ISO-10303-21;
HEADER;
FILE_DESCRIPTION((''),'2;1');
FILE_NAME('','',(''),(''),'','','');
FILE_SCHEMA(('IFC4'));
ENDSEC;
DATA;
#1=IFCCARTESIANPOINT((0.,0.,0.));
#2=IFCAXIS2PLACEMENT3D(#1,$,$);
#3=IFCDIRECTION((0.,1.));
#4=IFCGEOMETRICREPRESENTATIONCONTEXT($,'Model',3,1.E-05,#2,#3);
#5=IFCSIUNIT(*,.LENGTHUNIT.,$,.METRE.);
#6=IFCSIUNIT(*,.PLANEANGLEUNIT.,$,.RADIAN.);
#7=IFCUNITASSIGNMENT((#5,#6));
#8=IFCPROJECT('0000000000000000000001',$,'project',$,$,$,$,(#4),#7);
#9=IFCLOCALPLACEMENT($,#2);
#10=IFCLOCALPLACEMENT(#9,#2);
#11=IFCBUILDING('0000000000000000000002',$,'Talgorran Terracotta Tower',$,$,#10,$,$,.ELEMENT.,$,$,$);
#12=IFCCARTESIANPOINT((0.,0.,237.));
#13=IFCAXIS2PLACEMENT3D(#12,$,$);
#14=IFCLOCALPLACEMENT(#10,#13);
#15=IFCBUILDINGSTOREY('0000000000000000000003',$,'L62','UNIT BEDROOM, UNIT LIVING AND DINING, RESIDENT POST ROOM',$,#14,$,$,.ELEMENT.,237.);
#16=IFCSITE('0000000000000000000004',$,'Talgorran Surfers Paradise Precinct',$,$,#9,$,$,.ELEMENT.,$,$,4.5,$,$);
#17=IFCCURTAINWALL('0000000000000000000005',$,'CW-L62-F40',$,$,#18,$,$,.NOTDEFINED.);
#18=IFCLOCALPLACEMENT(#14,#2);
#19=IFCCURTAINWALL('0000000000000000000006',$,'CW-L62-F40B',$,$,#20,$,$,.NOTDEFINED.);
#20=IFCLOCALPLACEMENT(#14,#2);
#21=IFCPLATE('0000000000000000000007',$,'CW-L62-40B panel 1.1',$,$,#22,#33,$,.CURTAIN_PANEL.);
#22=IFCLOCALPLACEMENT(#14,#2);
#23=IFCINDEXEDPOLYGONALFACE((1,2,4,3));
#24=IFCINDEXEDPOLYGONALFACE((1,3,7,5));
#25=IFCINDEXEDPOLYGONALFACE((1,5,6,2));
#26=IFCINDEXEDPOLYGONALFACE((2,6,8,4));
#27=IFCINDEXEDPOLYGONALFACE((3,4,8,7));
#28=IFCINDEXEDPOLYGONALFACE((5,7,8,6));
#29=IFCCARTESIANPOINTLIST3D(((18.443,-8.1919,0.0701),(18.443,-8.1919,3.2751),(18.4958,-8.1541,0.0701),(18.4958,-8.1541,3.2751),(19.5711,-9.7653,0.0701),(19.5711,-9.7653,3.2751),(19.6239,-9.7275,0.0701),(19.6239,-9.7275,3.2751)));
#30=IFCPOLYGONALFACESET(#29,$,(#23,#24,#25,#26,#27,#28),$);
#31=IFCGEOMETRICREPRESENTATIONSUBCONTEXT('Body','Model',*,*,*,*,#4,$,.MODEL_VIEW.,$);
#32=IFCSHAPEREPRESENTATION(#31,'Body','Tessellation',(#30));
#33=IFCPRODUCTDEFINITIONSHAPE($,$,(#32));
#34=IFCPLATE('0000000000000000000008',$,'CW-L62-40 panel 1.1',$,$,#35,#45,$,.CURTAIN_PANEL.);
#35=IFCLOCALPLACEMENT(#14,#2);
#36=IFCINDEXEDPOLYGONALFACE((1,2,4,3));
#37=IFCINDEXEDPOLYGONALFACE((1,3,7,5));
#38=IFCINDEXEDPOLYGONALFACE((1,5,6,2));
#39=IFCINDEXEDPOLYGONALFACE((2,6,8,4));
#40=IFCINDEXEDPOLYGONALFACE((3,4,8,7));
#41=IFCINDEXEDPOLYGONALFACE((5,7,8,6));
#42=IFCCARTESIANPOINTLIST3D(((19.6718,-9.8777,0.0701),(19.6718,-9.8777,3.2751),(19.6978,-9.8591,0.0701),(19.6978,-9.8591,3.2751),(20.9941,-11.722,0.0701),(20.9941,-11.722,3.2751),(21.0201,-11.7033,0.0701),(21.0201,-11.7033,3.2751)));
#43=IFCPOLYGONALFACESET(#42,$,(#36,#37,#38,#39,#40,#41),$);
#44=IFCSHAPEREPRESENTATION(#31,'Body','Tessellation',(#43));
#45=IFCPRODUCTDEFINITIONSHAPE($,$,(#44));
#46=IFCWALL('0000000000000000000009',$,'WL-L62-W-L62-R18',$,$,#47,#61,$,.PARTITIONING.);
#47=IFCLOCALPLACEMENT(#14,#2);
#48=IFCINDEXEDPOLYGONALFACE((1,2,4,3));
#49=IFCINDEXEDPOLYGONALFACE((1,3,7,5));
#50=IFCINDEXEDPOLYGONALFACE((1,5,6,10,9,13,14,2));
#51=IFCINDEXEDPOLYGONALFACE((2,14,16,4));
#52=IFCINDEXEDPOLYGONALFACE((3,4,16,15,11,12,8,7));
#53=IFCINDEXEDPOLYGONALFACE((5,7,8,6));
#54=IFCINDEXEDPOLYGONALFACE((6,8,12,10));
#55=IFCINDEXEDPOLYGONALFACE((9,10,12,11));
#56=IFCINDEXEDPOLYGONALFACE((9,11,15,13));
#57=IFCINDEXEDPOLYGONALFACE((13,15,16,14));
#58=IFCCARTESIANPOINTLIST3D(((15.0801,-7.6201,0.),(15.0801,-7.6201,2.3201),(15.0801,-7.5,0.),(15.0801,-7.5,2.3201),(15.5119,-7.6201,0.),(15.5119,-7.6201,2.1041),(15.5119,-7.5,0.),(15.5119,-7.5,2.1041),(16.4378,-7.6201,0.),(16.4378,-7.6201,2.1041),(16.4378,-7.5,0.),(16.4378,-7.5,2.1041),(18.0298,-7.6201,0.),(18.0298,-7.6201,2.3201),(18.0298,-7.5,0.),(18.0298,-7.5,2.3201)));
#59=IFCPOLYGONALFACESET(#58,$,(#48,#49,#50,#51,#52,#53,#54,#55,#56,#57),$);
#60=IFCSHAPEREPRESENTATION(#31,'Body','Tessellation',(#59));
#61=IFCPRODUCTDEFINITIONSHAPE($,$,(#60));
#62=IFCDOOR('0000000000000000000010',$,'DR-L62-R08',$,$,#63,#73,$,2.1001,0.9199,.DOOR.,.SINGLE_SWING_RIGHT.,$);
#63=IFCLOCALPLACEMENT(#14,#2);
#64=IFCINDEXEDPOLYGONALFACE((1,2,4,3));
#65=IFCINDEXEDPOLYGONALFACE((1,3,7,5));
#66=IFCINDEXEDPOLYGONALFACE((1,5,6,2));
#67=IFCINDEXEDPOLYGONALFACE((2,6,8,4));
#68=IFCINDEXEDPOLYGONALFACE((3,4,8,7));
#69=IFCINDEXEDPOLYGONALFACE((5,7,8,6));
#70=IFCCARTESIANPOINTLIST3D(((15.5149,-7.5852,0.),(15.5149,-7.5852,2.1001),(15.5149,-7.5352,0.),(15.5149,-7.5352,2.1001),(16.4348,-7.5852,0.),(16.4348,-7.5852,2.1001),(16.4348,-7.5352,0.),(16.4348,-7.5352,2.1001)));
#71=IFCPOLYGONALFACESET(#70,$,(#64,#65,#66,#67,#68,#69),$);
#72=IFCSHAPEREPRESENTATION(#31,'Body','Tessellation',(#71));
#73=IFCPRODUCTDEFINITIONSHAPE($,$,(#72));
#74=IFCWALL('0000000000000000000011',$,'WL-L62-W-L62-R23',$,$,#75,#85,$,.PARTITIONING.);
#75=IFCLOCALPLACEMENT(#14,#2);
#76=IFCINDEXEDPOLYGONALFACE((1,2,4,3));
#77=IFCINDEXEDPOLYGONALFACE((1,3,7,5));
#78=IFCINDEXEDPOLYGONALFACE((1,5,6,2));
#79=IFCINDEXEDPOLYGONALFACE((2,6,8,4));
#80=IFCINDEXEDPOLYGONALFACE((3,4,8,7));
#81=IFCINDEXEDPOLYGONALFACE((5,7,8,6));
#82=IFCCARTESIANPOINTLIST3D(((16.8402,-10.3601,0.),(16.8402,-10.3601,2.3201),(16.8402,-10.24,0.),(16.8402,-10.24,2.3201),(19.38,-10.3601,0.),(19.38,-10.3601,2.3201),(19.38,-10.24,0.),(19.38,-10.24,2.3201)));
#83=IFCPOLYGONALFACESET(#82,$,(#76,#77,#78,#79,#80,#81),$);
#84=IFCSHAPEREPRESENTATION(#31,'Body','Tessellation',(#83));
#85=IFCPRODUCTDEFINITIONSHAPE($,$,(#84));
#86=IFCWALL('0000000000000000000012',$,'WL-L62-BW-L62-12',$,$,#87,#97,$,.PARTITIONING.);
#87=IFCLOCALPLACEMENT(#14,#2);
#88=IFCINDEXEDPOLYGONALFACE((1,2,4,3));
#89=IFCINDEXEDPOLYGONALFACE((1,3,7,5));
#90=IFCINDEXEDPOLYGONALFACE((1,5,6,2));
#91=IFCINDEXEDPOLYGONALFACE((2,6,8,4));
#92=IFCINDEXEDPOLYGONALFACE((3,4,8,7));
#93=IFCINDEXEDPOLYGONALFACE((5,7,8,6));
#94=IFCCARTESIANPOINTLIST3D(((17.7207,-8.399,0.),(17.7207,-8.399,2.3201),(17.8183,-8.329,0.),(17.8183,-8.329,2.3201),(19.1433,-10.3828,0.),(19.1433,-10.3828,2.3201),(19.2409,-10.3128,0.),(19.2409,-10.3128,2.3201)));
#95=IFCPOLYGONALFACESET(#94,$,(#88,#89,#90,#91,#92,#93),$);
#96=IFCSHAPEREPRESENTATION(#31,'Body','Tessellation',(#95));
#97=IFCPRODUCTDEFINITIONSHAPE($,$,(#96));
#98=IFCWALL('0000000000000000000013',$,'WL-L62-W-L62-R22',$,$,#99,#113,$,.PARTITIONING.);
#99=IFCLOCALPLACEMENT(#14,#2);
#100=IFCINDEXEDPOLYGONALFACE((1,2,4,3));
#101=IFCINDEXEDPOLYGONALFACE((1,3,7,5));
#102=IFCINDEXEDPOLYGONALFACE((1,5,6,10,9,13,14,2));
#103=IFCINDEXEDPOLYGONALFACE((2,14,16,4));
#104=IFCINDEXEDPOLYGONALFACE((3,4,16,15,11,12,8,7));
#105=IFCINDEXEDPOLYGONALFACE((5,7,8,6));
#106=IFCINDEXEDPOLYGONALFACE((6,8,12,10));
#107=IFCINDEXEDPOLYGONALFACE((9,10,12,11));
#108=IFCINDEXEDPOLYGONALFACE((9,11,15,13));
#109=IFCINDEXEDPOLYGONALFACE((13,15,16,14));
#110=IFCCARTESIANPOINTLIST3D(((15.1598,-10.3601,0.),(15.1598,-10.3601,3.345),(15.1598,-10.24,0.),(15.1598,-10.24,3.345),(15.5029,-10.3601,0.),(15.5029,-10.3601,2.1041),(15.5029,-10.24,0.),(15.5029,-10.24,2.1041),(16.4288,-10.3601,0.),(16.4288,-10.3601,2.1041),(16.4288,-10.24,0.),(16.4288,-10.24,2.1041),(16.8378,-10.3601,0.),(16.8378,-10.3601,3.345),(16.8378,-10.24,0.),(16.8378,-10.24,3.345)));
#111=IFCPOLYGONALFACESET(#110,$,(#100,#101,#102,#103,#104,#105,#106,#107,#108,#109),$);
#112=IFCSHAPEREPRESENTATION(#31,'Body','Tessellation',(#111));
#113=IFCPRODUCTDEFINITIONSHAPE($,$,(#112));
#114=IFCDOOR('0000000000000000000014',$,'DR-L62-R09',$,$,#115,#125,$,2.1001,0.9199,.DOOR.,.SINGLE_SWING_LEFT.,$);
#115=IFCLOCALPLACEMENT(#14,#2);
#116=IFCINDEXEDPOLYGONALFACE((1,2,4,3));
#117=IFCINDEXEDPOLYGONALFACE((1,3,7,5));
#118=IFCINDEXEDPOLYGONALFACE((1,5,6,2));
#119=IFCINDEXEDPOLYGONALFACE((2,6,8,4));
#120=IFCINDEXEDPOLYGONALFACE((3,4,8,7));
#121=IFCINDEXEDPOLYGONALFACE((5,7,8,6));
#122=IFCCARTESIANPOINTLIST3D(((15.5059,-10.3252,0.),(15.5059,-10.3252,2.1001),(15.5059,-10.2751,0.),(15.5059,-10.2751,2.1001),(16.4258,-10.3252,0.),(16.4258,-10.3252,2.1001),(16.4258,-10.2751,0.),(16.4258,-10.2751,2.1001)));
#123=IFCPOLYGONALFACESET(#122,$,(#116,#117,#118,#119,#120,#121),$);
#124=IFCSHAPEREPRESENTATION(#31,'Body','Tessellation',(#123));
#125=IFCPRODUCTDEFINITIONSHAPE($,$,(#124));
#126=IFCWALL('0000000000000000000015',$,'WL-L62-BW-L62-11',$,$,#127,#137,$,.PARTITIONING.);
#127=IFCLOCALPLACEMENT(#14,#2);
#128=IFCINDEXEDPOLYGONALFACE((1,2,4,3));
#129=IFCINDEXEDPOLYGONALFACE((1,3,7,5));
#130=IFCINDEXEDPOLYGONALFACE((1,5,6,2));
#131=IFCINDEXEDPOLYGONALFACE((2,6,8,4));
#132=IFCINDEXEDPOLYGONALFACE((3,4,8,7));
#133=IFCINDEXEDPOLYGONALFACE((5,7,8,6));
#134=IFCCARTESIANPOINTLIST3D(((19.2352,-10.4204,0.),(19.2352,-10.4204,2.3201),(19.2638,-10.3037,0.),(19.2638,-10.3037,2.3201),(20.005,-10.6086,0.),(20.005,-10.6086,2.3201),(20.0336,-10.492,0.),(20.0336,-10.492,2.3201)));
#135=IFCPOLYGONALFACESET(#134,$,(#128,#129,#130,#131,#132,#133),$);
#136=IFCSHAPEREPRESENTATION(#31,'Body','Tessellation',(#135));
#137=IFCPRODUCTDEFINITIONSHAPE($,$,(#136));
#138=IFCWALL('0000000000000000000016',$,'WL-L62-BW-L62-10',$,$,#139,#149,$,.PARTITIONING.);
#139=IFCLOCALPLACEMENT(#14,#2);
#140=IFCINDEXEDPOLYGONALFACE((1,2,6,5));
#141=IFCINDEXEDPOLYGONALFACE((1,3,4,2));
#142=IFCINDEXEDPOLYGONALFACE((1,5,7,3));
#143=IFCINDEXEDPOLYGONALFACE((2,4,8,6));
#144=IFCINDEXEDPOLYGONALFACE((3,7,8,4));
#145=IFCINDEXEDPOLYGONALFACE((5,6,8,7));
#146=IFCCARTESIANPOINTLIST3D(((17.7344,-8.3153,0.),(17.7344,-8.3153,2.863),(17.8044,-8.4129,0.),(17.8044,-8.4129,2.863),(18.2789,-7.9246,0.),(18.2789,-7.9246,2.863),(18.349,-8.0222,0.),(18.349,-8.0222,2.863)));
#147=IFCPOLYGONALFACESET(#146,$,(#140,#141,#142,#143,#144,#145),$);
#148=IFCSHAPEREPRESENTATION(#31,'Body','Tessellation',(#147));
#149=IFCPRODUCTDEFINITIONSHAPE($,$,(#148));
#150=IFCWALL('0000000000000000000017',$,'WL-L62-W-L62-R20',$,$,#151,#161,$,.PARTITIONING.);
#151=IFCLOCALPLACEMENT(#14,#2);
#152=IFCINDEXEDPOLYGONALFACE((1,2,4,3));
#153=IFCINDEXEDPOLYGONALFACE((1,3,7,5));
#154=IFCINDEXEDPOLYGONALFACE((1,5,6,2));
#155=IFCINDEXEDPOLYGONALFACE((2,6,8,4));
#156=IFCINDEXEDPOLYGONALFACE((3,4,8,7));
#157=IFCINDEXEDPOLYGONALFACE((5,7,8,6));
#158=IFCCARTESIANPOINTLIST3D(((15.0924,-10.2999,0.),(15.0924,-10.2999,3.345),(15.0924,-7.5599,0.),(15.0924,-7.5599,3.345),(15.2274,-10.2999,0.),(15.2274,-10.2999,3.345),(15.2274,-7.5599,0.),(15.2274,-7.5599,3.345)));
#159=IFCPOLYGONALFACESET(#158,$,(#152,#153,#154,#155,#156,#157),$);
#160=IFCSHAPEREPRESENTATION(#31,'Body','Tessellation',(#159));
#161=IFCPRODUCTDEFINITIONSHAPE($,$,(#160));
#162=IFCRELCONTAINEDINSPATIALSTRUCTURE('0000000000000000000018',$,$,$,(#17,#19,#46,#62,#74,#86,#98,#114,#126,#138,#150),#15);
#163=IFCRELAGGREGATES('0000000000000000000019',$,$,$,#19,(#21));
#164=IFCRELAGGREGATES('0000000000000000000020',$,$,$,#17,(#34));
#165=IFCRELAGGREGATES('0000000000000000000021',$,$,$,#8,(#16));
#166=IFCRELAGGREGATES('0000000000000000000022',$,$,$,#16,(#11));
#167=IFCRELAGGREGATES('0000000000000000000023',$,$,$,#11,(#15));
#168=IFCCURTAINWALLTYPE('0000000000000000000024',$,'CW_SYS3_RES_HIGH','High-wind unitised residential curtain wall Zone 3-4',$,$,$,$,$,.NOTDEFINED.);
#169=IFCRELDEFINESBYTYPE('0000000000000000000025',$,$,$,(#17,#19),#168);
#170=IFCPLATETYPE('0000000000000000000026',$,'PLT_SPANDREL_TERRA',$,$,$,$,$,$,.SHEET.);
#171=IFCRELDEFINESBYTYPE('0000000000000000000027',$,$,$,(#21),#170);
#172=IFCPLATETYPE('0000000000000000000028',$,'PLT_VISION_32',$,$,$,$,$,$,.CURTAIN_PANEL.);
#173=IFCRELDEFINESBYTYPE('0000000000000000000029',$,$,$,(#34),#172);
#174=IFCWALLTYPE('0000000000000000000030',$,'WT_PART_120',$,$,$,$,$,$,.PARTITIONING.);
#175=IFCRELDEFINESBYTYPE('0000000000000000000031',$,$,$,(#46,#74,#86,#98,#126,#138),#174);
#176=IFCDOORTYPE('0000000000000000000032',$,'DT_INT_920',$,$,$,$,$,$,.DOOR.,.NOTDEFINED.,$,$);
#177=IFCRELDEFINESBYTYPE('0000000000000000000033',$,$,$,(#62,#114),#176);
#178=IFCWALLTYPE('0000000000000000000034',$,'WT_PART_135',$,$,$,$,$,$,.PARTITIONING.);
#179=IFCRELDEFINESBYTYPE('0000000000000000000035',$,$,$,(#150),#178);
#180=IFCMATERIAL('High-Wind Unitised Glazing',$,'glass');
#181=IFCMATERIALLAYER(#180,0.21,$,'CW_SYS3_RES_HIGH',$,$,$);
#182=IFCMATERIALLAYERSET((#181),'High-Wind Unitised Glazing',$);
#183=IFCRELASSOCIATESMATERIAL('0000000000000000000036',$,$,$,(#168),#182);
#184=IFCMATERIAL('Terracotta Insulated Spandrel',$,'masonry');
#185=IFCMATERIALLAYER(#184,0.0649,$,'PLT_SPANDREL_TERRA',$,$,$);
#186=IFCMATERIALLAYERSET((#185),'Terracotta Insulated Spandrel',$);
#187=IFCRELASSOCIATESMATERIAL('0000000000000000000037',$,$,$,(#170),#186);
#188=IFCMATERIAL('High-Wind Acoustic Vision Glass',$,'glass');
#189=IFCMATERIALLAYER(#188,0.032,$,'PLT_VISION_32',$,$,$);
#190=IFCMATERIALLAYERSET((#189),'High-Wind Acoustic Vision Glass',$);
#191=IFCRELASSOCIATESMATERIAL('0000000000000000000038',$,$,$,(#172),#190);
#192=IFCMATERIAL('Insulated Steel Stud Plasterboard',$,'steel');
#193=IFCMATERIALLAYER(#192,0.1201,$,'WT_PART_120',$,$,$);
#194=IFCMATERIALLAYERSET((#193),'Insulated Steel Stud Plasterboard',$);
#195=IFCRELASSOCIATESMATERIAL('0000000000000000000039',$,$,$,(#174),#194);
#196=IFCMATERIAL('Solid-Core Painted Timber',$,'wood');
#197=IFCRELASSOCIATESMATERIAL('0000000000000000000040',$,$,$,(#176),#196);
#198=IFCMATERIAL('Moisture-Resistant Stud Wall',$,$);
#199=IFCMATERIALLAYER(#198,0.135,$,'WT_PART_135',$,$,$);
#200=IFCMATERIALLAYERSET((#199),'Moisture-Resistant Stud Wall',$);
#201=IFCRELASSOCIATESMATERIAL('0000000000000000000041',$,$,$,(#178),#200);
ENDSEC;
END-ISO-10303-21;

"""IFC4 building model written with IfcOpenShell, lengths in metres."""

from ifc_helpers import new_model, si_unit, direction, frame, frame_2d, origin, origin_2d, place, context, subcontext, project, spatial, rectangle, extrude, source, transform, mapped, material, layer, layer_set, type_object, type_shapes, element, fill, aggregate, save


model = new_model("IFC4")

# Units and contexts
model_context = context("Model", 3, precision=1e-05, world=origin(), true_north=direction((0.0, 1.0)))
body_context = subcontext(model_context, "Body", "Model", "MODEL_VIEW")
ifc_project = project(units=[si_unit("LENGTHUNIT", "METRE"), si_unit("PLANEANGLEUNIT", "RADIAN")], contexts=[model_context])

# Site, building, storey
site_placement = place(None, origin())
site = spatial("IfcSite", under=ifc_project, at=site_placement, Name="Talgorran Surfers Paradise Precinct", CompositionType="ELEMENT", RefElevation=4.5)
building_placement = place(site_placement, origin())
building = spatial("IfcBuilding", under=site, at=building_placement, Name="Talgorran Terracotta Tower", CompositionType="ELEMENT")
storey_placement = place(building_placement, frame((0.0, 0.0, 237.0)))
storey = spatial("IfcBuildingStorey", under=building, at=storey_placement, Name="L62", Description="UNIT BEDROOM, UNIT LIVING AND DINING, RESIDENT POST ROOM", CompositionType="ELEMENT", Elevation=237.0)

# Curtain wall
ifc_material_1 = material(Name="High-Wind Unitised Glazing", Category="glass")
ifc_layer_1 = layer(ifc_material_1, 0.21, Name="CW_SYS3_RES_HIGH")
ifc_layer_set_1 = layer_set([ifc_layer_1], Name="High-Wind Unitised Glazing")
curtain_wall_type = type_object("IfcCurtainWallType", Name="CW_SYS3_RES_HIGH", Description="High-wind unitised residential curtain wall Zone 3-4", PredefinedType="NOTDEFINED", material=ifc_layer_set_1)
curtain_wall_1_placement = place(storey_placement, origin())
curtain_wall_1 = element("IfcCurtainWall", 1, at=curtain_wall_1_placement, inside=storey, type_object=curtain_wall_type, Name="CW-L62-F40", PredefinedType="NOTDEFINED")

# Curtain wall
curtain_wall_2_placement = place(storey_placement, origin())
curtain_wall_2 = element("IfcCurtainWall", 2, at=curtain_wall_2_placement, inside=storey, type_object=curtain_wall_type, Name="CW-L62-F40B", PredefinedType="NOTDEFINED")

# Plates
ifc_material_2 = material(Name="Terracotta Insulated Spandrel", Category="masonry")
ifc_layer_2 = layer(ifc_material_2, 0.0649, Name="PLT_SPANDREL_TERRA")
ifc_layer_set_2 = layer_set([ifc_layer_2], Name="Terracotta Insulated Spandrel")
plate_type_1 = type_object("IfcPlateType", Name="PLT_SPANDREL_TERRA", PredefinedType="SHEET", material=ifc_layer_set_2)
shared_shape_1 = source(origin(), body_context, "Body", "SweptSolid", [
    extrude(rectangle(XDim=1.936, YDim=0.0649, at=origin_2d()), origin(), (0.0, 0.0, 1.0), 3.2051),
])
type_shapes(plate_type_1, [shared_shape_1])
plate_1_placement = place(storey_placement, frame((19.0334, -8.9597, 0.0701), z_axis=(0.0, 0.0, 1.0), x_axis=(-0.582682, 0.8127, 0.0)))
plate_1 = element("IfcPlate", 3, at=plate_1_placement, type_object=plate_type_1, Name="CW-L62-40B panel 1.1", PredefinedType="CURTAIN_PANEL", context=body_context, shape_type="MappedRepresentation", body=[
    mapped(shared_shape_1, transform((0.0, 0.0, 0.0), scale=1.0)),
])
aggregate(curtain_wall_2, [plate_1])
ifc_material_3 = material(Name="High-Wind Acoustic Vision Glass", Category="glass")
ifc_layer_3 = layer(ifc_material_3, 0.032, Name="PLT_VISION_32")
ifc_layer_set_3 = layer_set([ifc_layer_3], Name="High-Wind Acoustic Vision Glass")
plate_type_2 = type_object("IfcPlateType", Name="PLT_VISION_32", PredefinedType="CURTAIN_PANEL", material=ifc_layer_set_3)
shared_shape_2 = source(origin(), body_context, "Body", "SweptSolid", [
    extrude(rectangle(XDim=2.2693, YDim=0.032, at=origin_2d()), origin(), (0.0, 0.0, 1.0), 3.2051),
])
type_shapes(plate_type_2, [shared_shape_2])
plate_2_placement = place(storey_placement, frame((20.3459, -10.7905, 0.0701), z_axis=(0.0, 0.0, 1.0), x_axis=(-0.582674, 0.812706, 0.0)))
plate_2 = element("IfcPlate", 4, at=plate_2_placement, type_object=plate_type_2, Name="CW-L62-40 panel 1.1", PredefinedType="CURTAIN_PANEL", context=body_context, shape_type="MappedRepresentation", body=[
    mapped(shared_shape_2, transform((0.0, 0.0, 0.0), scale=1.0)),
])
aggregate(curtain_wall_1, [plate_2])

# Wall, opening, door
ifc_material_4 = material(Name="Insulated Steel Stud Plasterboard", Category="steel")
ifc_layer_4 = layer(ifc_material_4, 0.1201, Name="WT_PART_120")
ifc_layer_set_4 = layer_set([ifc_layer_4], Name="Insulated Steel Stud Plasterboard")
wall_type_1 = type_object("IfcWallType", Name="WT_PART_120", PredefinedType="PARTITIONING", material=ifc_layer_set_4)
wall_1_placement = place(storey_placement, frame((15.0801, -7.5601, 0.0), z_axis=(0.0, 0.0, 1.0), x_axis=(1.0, 0.0, 0.0)))
wall_1 = element("IfcWall", 5, at=wall_1_placement, inside=storey, type_object=wall_type_1, Name="WL-L62-W-L62-R18", PredefinedType="PARTITIONING", context=body_context, shape_type="SweptSolid", body=[
    extrude(rectangle(XDim=2.9497, YDim=0.1201, at=frame_2d((1.4749, 0.0))), origin(), (0.0, 0.0, 1.0), 2.3201),
])
opening_1_placement = place(wall_1_placement, frame((0.4348, 0.0, 0.0)))
opening_1 = element("IfcOpeningElement", 6, at=opening_1_placement, cuts=wall_1, PredefinedType="OPENING", context=body_context, shape_type="SweptSolid", body=[
    extrude(rectangle(XDim=0.9259, YDim=2.1041, at=frame_2d((0.46, 1.052))), frame((0.0, 0.0701, 0.0), z_axis=(0.0, -1.0, 0.0), x_axis=(1.0, 0.0, 0.0)), (0.0, 0.0, 1.0), 0.1401),
])
ifc_material_5 = material(Name="Solid-Core Painted Timber", Category="wood")
door_type = type_object("IfcDoorType", Name="DT_INT_920", OperationType="NOTDEFINED", PredefinedType="DOOR", material=ifc_material_5)
door_1_placement = place(opening_1_placement, origin())
door_1 = element("IfcDoor", 7, at=door_1_placement, inside=storey, type_object=door_type, Name="DR-L62-R08", OperationType="SINGLE_SWING_RIGHT", OverallHeight=2.1001, OverallWidth=0.9199, PredefinedType="DOOR", context=body_context, shape_type="SweptSolid", body=[
    extrude(rectangle(XDim=0.9199, YDim=2.1001, at=frame_2d((0.46, 1.05))), frame((0.0, 0.0249, 0.0), z_axis=(0.0, -1.0, 0.0), x_axis=(1.0, 0.0, 0.0)), (0.0, 0.0, 1.0), 0.05),
])
fill(opening_1, door_1)

# Walls
wall_2_placement = place(storey_placement, frame((16.8401, -10.3, 0.0), z_axis=(0.0, 0.0, 1.0), x_axis=(1.0, 0.0, 0.0)))
element("IfcWall", 8, at=wall_2_placement, inside=storey, type_object=wall_type_1, Name="WL-L62-W-L62-R23", PredefinedType="PARTITIONING", context=body_context, shape_type="SweptSolid", body=[
    extrude(rectangle(XDim=2.5398, YDim=0.1201, at=frame_2d((1.27, 0.0))), origin(), (0.0, 0.0, 1.0), 2.3201),
])
wall_3_placement = place(storey_placement, frame((19.1921, -10.3479, 0.0), z_axis=(0.0, 0.0, 1.0), x_axis=(-0.582741, 0.812658, 0.0)))
element("IfcWall", 9, at=wall_3_placement, inside=storey, type_object=wall_type_1, Name="WL-L62-BW-L62-12", PredefinedType="PARTITIONING", context=body_context, shape_type="SweptSolid", body=[
    extrude(rectangle(XDim=2.4412, YDim=0.1201, at=frame_2d((1.2207, 0.0))), origin(), (0.0, 0.0, 1.0), 2.3201),
])

# Wall, opening, door
wall_4_placement = place(storey_placement, frame((15.1599, -10.3, 0.0), z_axis=(0.0, 0.0, 1.0), x_axis=(1.0, 0.0, 0.0)))
wall_4 = element("IfcWall", 10, at=wall_4_placement, inside=storey, type_object=wall_type_1, Name="WL-L62-W-L62-R22", PredefinedType="PARTITIONING", context=body_context, shape_type="SweptSolid", body=[
    extrude(rectangle(XDim=1.678, YDim=0.1201, at=frame_2d((0.8389, 0.0))), origin(), (0.0, 0.0, 1.0), 3.345),
])
opening_2_placement = place(wall_4_placement, frame((0.3459, 0.0, 0.0)))
opening_2 = element("IfcOpeningElement", 11, at=opening_2_placement, cuts=wall_4, PredefinedType="OPENING", context=body_context, shape_type="SweptSolid", body=[
    extrude(rectangle(XDim=0.9259, YDim=2.1041, at=frame_2d((0.46, 1.052))), frame((0.0, 0.0701, 0.0), z_axis=(0.0, -1.0, 0.0), x_axis=(1.0, 0.0, 0.0)), (0.0, 0.0, 1.0), 0.1401),
])
door_2_placement = place(opening_2_placement, origin())
door_2 = element("IfcDoor", 12, at=door_2_placement, inside=storey, type_object=door_type, Name="DR-L62-R09", OperationType="SINGLE_SWING_LEFT", OverallHeight=2.1001, OverallWidth=0.9199, PredefinedType="DOOR", context=body_context, shape_type="SweptSolid", body=[
    extrude(rectangle(XDim=0.9199, YDim=2.1001, at=frame_2d((0.46, 1.05))), frame((0.0, 0.0249, 0.0), z_axis=(0.0, -1.0, 0.0), x_axis=(1.0, 0.0, 0.0)), (0.0, 0.0, 1.0), 0.05),
])
fill(opening_2, door_2)

# Walls
wall_5_placement = place(storey_placement, frame((20.0193, -10.5503, 0.0), z_axis=(0.0, 0.0, 1.0), x_axis=(-0.97138, 0.237531, 0.0)))
element("IfcWall", 13, at=wall_5_placement, inside=storey, type_object=wall_type_1, Name="WL-L62-BW-L62-11", PredefinedType="PARTITIONING", context=body_context, shape_type="SweptSolid", body=[
    extrude(rectangle(XDim=0.7925, YDim=0.1201, at=frame_2d((0.3962, 0.0))), origin(), (0.0, 0.0, 1.0), 2.3201),
])
wall_6_placement = place(storey_placement, frame((17.7695, -8.364, 0.0), z_axis=(0.0, 0.0, 1.0), x_axis=(0.812501, 0.58296, 0.0)))
element("IfcWall", 14, at=wall_6_placement, inside=storey, type_object=wall_type_1, Name="WL-L62-BW-L62-10", PredefinedType="PARTITIONING", context=body_context, shape_type="SweptSolid", body=[
    extrude(rectangle(XDim=0.6702, YDim=0.1201, at=frame_2d((0.335, 0.0))), origin(), (0.0, 0.0, 1.0), 2.863),
])
ifc_material_6 = material(Name="Moisture-Resistant Stud Wall")
ifc_layer_5 = layer(ifc_material_6, 0.135, Name="WT_PART_135")
ifc_layer_set_5 = layer_set([ifc_layer_5], Name="Moisture-Resistant Stud Wall")
wall_type_2 = type_object("IfcWallType", Name="WT_PART_135", PredefinedType="PARTITIONING", material=ifc_layer_set_5)
wall_7_placement = place(storey_placement, frame((15.1599, -10.3, 0.0), z_axis=(0.0, 0.0, 1.0), x_axis=(0.0, 1.0, 0.0)))
element("IfcWall", 15, at=wall_7_placement, inside=storey, type_object=wall_type_2, Name="WL-L62-W-L62-R20", PredefinedType="PARTITIONING", context=body_context, shape_type="SweptSolid", body=[
    extrude(rectangle(XDim=2.74, YDim=0.135, at=frame_2d((1.3701, 0.0))), origin(), (0.0, 0.0, 1.0), 3.345),
])

save(model, "model.ifc")
